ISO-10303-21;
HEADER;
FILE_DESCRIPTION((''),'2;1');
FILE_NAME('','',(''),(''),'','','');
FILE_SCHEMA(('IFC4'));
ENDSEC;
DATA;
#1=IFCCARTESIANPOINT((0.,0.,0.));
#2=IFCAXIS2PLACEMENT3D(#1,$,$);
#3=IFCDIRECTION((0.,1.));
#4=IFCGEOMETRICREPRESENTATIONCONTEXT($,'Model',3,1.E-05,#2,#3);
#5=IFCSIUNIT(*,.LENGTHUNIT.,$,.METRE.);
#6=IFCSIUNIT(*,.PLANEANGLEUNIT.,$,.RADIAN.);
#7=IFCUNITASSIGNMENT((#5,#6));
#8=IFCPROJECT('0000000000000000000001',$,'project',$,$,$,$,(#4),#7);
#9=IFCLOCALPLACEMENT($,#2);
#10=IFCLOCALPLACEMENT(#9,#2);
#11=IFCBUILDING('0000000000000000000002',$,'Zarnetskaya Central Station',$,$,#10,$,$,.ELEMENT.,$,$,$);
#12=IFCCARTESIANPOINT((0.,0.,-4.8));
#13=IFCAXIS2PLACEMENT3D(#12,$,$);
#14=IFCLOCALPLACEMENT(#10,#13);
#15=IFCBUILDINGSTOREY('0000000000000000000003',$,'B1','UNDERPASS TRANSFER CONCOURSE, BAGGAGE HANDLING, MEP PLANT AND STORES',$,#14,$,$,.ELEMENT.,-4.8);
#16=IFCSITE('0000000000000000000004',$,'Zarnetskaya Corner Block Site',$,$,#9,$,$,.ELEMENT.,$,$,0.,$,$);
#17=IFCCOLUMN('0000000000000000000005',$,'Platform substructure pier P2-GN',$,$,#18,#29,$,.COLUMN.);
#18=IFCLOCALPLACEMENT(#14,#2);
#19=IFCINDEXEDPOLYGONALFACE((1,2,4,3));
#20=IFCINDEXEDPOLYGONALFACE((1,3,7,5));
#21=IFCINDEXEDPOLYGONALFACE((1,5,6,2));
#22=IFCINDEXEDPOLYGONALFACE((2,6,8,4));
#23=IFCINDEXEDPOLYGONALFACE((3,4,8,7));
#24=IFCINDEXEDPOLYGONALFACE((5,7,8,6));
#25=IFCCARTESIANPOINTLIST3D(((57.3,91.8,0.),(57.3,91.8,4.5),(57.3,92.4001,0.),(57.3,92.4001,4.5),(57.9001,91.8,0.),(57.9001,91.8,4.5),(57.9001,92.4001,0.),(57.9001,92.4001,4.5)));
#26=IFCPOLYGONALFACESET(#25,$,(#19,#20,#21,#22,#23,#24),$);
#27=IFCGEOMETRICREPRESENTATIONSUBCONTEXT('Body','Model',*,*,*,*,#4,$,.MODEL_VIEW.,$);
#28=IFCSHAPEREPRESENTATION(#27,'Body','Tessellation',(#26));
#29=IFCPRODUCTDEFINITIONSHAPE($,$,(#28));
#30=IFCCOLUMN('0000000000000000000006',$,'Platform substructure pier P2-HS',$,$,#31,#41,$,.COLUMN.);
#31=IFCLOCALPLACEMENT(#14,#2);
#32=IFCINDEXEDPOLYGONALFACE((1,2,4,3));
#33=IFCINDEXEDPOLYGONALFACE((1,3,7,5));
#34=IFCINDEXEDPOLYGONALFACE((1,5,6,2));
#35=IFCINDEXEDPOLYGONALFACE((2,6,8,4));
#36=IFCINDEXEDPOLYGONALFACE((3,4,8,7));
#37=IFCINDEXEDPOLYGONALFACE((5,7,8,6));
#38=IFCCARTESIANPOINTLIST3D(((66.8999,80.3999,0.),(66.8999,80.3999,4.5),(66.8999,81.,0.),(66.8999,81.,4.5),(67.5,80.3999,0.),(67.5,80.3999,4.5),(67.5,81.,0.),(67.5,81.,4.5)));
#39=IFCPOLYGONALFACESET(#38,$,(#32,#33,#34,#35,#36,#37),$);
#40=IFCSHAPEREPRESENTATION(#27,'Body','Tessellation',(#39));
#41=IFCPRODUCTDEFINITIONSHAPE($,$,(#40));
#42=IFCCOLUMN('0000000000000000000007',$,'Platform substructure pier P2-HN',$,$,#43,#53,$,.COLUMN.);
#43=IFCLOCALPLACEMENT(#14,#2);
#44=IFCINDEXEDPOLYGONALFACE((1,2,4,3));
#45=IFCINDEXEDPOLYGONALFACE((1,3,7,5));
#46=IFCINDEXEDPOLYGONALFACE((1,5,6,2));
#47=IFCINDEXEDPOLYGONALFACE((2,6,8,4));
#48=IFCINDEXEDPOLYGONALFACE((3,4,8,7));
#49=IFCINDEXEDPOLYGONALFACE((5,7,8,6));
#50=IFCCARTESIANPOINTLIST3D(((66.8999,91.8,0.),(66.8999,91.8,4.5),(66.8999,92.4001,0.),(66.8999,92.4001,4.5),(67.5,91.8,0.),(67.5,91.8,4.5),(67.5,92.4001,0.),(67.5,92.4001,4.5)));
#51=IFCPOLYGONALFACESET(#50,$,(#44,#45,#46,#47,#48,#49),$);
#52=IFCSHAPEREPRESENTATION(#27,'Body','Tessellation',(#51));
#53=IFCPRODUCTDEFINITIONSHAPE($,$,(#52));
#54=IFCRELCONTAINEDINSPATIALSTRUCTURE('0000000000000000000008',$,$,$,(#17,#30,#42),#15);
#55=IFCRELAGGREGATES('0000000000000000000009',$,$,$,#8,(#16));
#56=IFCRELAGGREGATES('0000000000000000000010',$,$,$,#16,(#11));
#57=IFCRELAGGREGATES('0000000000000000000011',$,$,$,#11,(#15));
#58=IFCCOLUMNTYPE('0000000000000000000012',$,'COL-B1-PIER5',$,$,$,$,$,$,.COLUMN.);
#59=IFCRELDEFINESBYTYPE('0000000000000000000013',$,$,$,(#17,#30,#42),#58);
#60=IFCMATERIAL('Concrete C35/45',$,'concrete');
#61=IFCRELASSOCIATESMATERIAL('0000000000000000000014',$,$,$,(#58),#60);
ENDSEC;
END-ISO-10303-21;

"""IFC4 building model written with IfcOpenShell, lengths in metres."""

from ifc_helpers import new_model, si_unit, direction, frame, origin, origin_2d, place, context, subcontext, project, spatial, rectangle, extrude, material, material_profile, profile_set, type_object, element, save


model = new_model("IFC4")

# Units and contexts
model_context = context("Model", 3, precision=1e-05, world=origin(), true_north=direction((0.0, 1.0)))
body_context = subcontext(model_context, "Body", "Model", "MODEL_VIEW")
ifc_project = project(units=[si_unit("LENGTHUNIT", "METRE"), si_unit("PLANEANGLEUNIT", "RADIAN")], contexts=[model_context])

# Site, building, storey
site_placement = place(None, origin())
site = spatial("IfcSite", under=ifc_project, at=site_placement, Name="Zarnetskaya Corner Block Site", CompositionType="ELEMENT", RefElevation=0.0)
building_placement = place(site_placement, origin())
building = spatial("IfcBuilding", under=site, at=building_placement, Name="Zarnetskaya Central Station", CompositionType="ELEMENT")
storey_placement = place(building_placement, frame((0.0, 0.0, -4.8)))
storey = spatial("IfcBuildingStorey", under=building, at=storey_placement, Name="B1", Description="UNDERPASS TRANSFER CONCOURSE, BAGGAGE HANDLING, MEP PLANT AND STORES", CompositionType="ELEMENT", Elevation=-4.8)

# Shared definitions
ifc_material = material(Name="Concrete C35/45", Category="concrete")

# Columns
ifc_material_profile_1 = material_profile(ifc_material, rectangle(XDim=0.6001, YDim=0.6001, at=origin_2d()), Name="RC 600x600")
ifc_profile_set_1 = profile_set([ifc_material_profile_1], Name="Concrete C35/45")
column_type_1 = type_object("IfcColumnType", Name="COL-B1-PIER5", PredefinedType="COLUMN", material=ifc_profile_set_1)
for number, where, z_axis, x_axis, name in (
    (1, (57.6001, 92.1001, 0.0), (0.0, 0.0, 1.0), (1.0, 0.0, 0.0), "Platform substructure pier P2-GN"),
    (2, (67.2, 80.7, 0.0), (0.0, 0.0, 1.0), (1.0, 0.0, 0.0), "Platform substructure pier P2-HS"),
    (3, (67.2, 92.1001, 0.0), (0.0, 0.0, 1.0), (1.0, 0.0, 0.0), "Platform substructure pier P2-HN"),
):
    element("IfcColumn", number, at=place(storey_placement, frame(where, z_axis=z_axis, x_axis=x_axis)), inside=storey, type_object=column_type_1, Name=name, PredefinedType="COLUMN", context=body_context, shape_type="SweptSolid", body=[
        extrude(rectangle(XDim=0.6001, YDim=0.6001, at=origin_2d()), origin(), (0.0, 0.0, 1.0), 4.5),
    ])

save(model, "model.ifc")
